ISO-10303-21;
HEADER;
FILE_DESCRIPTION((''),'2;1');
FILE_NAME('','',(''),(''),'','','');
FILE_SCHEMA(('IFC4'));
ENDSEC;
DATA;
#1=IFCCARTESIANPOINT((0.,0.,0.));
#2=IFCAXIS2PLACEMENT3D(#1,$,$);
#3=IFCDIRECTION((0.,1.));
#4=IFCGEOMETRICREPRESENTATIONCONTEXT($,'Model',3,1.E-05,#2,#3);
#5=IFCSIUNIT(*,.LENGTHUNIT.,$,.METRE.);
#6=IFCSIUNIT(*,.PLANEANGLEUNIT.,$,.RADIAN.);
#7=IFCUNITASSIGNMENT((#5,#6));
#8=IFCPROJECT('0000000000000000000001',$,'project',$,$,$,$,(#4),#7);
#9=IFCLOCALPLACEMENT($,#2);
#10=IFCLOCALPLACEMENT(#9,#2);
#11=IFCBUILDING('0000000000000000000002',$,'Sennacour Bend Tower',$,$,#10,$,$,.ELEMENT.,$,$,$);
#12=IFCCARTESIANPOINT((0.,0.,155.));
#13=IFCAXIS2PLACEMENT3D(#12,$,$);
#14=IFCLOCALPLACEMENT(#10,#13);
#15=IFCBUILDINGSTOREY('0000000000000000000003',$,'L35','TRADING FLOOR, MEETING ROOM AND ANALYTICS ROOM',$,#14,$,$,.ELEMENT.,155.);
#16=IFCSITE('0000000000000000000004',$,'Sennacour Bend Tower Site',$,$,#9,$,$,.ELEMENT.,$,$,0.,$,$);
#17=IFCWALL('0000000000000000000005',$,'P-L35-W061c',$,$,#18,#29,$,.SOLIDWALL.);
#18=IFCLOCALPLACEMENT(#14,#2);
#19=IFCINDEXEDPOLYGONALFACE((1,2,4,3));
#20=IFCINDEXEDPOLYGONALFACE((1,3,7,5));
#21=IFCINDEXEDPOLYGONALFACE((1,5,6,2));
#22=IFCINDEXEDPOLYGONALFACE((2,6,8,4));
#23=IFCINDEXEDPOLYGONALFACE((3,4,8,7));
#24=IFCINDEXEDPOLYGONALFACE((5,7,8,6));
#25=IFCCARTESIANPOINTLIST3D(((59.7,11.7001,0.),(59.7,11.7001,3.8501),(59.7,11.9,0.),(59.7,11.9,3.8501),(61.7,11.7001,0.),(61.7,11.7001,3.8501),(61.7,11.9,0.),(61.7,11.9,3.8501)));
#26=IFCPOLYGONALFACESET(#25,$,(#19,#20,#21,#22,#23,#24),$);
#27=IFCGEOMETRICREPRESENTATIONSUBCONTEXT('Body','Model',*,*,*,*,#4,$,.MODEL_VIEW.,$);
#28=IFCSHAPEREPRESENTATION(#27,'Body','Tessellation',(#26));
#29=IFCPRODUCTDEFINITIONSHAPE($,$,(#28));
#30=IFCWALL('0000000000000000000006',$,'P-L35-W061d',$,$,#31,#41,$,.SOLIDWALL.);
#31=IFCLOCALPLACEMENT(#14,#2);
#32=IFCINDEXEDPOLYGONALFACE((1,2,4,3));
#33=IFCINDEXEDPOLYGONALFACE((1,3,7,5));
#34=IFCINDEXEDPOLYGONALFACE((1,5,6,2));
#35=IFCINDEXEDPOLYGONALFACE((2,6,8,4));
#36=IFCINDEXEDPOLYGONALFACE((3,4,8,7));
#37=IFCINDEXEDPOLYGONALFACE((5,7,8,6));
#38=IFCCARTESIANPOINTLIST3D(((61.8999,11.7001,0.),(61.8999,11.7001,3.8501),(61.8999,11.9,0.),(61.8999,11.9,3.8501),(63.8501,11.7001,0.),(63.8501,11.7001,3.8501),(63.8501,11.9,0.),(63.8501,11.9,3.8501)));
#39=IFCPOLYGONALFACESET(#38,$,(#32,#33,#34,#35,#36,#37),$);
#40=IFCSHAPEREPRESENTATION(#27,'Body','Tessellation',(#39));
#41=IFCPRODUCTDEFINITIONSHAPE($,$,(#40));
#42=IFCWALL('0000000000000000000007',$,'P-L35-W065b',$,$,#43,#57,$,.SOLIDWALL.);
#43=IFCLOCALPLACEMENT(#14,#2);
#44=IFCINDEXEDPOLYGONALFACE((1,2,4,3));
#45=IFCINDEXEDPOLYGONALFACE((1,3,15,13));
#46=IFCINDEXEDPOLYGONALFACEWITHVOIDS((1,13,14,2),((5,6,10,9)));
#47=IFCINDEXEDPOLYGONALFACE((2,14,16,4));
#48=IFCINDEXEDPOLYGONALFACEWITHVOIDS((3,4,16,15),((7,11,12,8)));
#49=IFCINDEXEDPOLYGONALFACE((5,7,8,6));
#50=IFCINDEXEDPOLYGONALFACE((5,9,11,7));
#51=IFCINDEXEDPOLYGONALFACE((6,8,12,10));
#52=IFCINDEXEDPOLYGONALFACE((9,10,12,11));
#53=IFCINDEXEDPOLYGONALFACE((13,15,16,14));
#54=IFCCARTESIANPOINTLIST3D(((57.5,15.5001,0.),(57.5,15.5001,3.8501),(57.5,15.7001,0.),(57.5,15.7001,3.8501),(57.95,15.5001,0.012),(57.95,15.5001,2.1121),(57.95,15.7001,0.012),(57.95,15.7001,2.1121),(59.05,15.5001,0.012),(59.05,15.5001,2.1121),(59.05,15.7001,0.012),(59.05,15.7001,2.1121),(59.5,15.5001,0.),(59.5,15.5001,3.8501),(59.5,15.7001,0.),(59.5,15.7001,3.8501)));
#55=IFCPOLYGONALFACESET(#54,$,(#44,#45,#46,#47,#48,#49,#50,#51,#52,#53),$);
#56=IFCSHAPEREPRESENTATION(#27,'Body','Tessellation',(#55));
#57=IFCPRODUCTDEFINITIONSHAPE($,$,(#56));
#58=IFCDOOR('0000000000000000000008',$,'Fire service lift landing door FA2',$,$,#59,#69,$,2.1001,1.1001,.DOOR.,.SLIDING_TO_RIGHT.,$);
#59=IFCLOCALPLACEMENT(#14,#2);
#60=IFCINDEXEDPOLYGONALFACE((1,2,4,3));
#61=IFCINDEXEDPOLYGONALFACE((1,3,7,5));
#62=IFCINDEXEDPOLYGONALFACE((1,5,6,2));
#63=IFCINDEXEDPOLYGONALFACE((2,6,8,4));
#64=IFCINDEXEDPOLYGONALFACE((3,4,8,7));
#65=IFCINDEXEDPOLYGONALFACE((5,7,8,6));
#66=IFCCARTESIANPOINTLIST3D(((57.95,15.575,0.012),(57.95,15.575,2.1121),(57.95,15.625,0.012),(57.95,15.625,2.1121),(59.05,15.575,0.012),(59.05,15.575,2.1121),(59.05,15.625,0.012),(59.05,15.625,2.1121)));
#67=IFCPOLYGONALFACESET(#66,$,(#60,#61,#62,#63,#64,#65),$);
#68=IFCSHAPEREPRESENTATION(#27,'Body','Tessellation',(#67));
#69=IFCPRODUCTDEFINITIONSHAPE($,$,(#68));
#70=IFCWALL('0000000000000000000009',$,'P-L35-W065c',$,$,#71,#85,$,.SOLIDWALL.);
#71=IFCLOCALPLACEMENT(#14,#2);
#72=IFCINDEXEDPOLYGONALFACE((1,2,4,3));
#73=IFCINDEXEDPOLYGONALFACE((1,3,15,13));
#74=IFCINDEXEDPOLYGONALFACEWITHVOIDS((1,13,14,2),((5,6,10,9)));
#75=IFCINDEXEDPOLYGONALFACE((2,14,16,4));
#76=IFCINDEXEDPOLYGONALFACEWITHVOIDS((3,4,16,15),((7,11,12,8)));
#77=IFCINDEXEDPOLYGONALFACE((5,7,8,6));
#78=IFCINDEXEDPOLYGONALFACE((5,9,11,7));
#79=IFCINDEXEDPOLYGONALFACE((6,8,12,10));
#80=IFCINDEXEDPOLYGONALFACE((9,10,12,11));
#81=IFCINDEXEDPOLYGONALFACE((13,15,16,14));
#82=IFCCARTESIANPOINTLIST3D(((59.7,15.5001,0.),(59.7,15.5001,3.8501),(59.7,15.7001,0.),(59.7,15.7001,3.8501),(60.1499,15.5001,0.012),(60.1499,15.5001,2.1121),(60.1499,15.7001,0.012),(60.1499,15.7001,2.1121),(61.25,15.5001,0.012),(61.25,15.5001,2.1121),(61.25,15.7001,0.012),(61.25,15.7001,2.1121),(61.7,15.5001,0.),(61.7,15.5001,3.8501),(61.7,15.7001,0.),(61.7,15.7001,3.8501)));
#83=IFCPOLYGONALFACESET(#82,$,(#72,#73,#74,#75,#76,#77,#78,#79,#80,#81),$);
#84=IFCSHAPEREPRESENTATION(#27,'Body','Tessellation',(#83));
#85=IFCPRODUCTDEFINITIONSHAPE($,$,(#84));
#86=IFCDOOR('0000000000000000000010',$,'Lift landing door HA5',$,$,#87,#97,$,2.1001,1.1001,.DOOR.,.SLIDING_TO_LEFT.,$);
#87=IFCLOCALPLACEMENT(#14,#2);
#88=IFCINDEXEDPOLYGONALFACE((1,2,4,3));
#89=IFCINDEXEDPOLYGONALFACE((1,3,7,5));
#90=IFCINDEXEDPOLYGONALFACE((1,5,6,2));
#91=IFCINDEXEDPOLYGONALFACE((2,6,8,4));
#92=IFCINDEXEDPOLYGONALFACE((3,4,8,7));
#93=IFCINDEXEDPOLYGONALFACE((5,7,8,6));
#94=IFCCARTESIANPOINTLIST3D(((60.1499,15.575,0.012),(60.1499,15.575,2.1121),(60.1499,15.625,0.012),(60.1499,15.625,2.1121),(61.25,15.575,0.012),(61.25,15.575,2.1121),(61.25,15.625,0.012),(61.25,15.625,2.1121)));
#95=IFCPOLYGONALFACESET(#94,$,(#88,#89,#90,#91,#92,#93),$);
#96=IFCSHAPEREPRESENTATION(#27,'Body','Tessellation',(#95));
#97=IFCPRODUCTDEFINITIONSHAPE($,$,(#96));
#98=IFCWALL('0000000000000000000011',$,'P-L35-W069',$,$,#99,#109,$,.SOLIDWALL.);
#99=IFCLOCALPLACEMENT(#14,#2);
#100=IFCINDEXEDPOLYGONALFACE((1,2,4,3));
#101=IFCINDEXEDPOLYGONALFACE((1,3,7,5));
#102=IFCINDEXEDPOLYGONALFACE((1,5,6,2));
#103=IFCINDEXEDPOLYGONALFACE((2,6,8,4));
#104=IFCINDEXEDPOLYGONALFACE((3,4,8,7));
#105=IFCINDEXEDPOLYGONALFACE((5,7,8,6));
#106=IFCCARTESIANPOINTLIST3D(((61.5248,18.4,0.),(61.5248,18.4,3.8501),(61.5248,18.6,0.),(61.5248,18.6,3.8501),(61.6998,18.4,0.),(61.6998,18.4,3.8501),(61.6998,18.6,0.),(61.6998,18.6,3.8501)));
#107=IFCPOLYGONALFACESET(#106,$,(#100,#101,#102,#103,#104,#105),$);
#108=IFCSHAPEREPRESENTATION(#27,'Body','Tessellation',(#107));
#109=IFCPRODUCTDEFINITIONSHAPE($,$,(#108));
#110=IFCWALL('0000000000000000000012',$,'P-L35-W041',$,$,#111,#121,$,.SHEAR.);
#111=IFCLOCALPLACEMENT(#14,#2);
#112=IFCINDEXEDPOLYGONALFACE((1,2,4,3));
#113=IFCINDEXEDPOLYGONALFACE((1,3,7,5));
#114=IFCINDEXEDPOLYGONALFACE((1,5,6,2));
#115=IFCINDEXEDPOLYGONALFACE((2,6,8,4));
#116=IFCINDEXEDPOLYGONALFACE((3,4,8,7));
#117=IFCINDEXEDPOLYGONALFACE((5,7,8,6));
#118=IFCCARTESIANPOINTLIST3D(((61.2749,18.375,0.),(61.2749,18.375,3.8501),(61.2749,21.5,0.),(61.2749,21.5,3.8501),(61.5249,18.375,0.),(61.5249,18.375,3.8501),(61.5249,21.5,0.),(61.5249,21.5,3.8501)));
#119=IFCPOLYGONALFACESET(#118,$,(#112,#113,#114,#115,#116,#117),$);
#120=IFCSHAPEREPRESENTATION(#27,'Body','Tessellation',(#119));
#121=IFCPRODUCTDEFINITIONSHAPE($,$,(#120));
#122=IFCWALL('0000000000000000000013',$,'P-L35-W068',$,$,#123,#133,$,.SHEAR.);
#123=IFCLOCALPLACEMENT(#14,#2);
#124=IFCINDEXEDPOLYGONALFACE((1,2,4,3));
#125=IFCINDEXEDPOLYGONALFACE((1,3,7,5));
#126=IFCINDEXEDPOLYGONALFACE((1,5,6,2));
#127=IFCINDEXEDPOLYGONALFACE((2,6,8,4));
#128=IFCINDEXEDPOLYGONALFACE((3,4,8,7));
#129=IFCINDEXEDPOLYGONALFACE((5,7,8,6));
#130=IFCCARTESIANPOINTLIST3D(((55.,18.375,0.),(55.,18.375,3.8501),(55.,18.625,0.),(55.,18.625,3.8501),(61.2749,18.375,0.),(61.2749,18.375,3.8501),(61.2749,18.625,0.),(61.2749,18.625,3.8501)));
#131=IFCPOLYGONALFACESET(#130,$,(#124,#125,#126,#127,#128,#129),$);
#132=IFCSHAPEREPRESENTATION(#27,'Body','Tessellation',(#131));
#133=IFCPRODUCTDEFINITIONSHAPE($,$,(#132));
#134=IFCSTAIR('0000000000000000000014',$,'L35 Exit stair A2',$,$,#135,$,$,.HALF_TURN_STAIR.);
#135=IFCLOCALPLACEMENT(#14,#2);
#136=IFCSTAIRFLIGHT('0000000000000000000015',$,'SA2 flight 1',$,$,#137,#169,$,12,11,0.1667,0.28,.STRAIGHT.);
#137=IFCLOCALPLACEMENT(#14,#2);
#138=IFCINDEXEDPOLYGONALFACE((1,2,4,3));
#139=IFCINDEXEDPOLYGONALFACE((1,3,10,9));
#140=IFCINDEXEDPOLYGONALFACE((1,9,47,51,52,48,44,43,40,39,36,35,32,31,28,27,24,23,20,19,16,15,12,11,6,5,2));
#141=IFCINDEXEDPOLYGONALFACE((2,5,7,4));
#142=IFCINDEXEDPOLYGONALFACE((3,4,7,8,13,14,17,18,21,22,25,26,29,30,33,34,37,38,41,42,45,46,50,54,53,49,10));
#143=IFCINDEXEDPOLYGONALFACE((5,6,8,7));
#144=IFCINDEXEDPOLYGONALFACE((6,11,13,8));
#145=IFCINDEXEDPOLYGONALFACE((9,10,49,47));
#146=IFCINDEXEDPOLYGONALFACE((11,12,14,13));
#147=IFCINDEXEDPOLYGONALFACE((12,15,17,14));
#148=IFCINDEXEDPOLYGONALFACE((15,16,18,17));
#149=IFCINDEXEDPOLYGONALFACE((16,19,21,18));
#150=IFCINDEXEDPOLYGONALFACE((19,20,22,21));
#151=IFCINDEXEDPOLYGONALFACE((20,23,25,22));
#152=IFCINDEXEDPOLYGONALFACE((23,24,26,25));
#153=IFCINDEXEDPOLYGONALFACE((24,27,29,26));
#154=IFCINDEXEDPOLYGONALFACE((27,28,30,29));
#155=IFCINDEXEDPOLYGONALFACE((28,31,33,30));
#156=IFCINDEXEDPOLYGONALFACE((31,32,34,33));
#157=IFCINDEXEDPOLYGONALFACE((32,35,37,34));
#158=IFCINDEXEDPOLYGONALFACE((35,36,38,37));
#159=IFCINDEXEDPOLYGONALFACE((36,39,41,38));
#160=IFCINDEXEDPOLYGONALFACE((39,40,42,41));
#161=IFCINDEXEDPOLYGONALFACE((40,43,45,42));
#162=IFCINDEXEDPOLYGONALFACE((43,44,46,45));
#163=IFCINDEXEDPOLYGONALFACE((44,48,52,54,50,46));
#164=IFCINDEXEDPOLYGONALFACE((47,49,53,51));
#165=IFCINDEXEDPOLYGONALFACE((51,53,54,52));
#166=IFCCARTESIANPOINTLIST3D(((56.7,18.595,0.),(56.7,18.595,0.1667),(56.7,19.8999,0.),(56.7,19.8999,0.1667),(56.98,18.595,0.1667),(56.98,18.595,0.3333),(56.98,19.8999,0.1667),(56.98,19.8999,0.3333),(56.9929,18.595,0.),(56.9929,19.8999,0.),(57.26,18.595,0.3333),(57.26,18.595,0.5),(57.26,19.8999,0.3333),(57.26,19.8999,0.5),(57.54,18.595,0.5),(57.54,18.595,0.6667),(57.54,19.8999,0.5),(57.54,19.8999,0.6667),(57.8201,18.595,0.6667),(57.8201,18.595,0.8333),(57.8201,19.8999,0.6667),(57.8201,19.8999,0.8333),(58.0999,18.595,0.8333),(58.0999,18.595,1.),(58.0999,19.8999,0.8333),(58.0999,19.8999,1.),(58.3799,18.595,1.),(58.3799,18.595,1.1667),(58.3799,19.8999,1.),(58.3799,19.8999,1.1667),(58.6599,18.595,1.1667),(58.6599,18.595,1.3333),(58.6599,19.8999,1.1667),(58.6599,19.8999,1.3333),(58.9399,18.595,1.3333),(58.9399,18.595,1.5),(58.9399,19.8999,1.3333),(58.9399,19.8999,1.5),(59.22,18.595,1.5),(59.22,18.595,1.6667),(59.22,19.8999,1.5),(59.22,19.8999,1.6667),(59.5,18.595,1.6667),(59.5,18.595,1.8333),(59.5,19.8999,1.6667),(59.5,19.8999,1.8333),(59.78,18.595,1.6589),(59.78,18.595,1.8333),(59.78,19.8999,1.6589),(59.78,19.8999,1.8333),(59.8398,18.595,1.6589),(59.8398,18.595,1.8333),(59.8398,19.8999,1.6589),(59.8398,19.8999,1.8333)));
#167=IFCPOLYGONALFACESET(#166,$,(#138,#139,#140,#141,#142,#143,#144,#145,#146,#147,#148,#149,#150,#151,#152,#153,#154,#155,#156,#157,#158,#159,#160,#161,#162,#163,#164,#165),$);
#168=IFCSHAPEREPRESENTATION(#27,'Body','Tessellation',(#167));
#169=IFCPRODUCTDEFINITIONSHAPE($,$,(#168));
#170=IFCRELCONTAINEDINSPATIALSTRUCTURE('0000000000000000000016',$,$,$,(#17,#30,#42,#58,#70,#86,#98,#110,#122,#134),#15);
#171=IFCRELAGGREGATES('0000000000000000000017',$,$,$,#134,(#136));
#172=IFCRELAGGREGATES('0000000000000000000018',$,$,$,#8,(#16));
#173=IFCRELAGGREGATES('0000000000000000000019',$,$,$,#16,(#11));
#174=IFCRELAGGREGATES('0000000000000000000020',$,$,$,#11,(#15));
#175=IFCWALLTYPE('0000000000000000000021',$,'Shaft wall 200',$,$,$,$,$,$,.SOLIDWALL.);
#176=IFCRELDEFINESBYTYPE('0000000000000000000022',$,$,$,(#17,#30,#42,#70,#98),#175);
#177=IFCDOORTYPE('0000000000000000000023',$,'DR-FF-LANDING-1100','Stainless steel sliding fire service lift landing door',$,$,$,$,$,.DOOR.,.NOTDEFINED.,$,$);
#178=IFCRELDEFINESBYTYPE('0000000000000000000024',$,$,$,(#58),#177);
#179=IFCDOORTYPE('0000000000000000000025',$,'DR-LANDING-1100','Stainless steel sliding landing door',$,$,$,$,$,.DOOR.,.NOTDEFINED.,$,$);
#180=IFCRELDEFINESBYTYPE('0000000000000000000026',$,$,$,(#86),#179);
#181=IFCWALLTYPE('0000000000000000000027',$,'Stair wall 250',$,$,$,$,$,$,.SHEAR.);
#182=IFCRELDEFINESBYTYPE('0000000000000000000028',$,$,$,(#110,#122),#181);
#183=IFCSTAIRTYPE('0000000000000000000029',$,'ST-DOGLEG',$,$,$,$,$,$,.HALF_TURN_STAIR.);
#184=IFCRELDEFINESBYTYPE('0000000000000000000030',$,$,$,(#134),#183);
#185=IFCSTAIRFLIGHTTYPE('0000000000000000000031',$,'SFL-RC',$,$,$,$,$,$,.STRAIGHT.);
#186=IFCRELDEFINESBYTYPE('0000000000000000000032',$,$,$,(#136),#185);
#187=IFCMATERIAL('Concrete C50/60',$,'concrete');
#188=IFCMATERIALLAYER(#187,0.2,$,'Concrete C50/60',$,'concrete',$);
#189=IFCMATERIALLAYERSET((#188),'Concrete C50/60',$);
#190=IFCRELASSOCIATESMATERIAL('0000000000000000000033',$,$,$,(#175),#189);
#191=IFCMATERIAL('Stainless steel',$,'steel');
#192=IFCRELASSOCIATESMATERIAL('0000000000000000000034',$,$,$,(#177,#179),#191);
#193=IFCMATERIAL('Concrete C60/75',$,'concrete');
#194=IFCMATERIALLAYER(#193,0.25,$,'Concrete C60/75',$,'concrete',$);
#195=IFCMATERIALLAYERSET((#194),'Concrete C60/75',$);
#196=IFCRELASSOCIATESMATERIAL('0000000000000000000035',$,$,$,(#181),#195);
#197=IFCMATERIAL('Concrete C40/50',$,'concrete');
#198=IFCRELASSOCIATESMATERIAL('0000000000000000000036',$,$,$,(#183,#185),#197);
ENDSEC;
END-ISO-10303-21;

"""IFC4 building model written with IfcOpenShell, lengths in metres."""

from ifc_helpers import new_model, si_unit, direction, frame, frame_2d, origin, place, context, subcontext, project, spatial, polyline, rectangle, outline, extrude, material, layer, layer_set, type_object, element, fill, aggregate, save


model = new_model("IFC4")

# Units and contexts
model_context = context("Model", 3, precision=1e-05, world=origin(), true_north=direction((0.0, 1.0)))
body_context = subcontext(model_context, "Body", "Model", "MODEL_VIEW")
ifc_project = project(units=[si_unit("LENGTHUNIT", "METRE"), si_unit("PLANEANGLEUNIT", "RADIAN")], contexts=[model_context])

# Site, building, storey
site_placement = place(None, origin())
site = spatial("IfcSite", under=ifc_project, at=site_placement, Name="Sennacour Bend Tower Site", CompositionType="ELEMENT", RefElevation=0.0)
building_placement = place(site_placement, origin())
building = spatial("IfcBuilding", under=site, at=building_placement, Name="Sennacour Bend Tower", CompositionType="ELEMENT")
storey_placement = place(building_placement, frame((0.0, 0.0, 155.0)))
storey = spatial("IfcBuildingStorey", under=building, at=storey_placement, Name="L35", Description="TRADING FLOOR, MEETING ROOM AND ANALYTICS ROOM", CompositionType="ELEMENT", Elevation=155.0)

# Walls
ifc_material_1 = material(Name="Concrete C50/60", Category="concrete")
ifc_layer_1 = layer(ifc_material_1, 0.2, Name="Concrete C50/60", Category="concrete")
ifc_layer_set_1 = layer_set([ifc_layer_1], Name="Concrete C50/60")
wall_type_1 = type_object("IfcWallType", Name="Shaft wall 200", PredefinedType="SOLIDWALL", material=ifc_layer_set_1)
for number, where, z_axis, x_axis, name in (
    (1, (59.7, 11.8, 0.0), (0.0, 0.0, 1.0), (1.0, 0.0, 0.0), "P-L35-W061c"),
):
    element("IfcWall", number, at=place(storey_placement, frame(where, z_axis=z_axis, x_axis=x_axis)), inside=storey, type_object=wall_type_1, Name=name, PredefinedType="SOLIDWALL", context=body_context, shape_type="SweptSolid", body=[
        extrude(rectangle(XDim=2.0, YDim=0.2, at=frame_2d((1.0, 0.0))), origin(), (0.0, 0.0, 1.0), 3.8501),
    ])
wall_1_placement = place(storey_placement, frame((61.8999, 11.8, 0.0), z_axis=(0.0, 0.0, 1.0), x_axis=(1.0, 0.0, 0.0)))
element("IfcWall", 2, at=wall_1_placement, inside=storey, type_object=wall_type_1, Name="P-L35-W061d", PredefinedType="SOLIDWALL", context=body_context, shape_type="SweptSolid", body=[
    extrude(rectangle(XDim=1.9502, YDim=0.2, at=frame_2d((0.9751, 0.0))), origin(), (0.0, 0.0, 1.0), 3.8501),
])

# Walls, openings, doors
wall_2_placement = place(storey_placement, frame((57.5, 15.6001, 0.0), z_axis=(0.0, 0.0, 1.0), x_axis=(1.0, 0.0, 0.0)))
wall_2 = element("IfcWall", 3, at=wall_2_placement, inside=storey, type_object=wall_type_1, Name="P-L35-W065b", PredefinedType="SOLIDWALL", context=body_context, shape_type="SweptSolid", body=[
    extrude(rectangle(XDim=2.0, YDim=0.2, at=frame_2d((1.0, 0.0))), origin(), (0.0, 0.0, 1.0), 3.8501),
])
opening_1_placement = place(wall_2_placement, frame((0.45, 0.0, 0.012)))
opening_1 = element("IfcOpeningElement", 4, at=opening_1_placement, cuts=wall_2, PredefinedType="OPENING", context=body_context, shape_type="SweptSolid", body=[
    extrude(rectangle(XDim=1.1001, YDim=2.1001, at=frame_2d((0.55, 1.05))), frame((0.0, 0.1099, 0.0), z_axis=(0.0, -1.0, 0.0), x_axis=(1.0, 0.0, 0.0)), (0.0, 0.0, 1.0), 0.22),
])
ifc_material_2 = material(Name="Stainless steel", Category="steel")
door_type_1 = type_object("IfcDoorType", Name="DR-FF-LANDING-1100", Description="Stainless steel sliding fire service lift landing door", OperationType="NOTDEFINED", PredefinedType="DOOR", material=ifc_material_2)
door_1_placement = place(opening_1_placement, origin())
door_1 = element("IfcDoor", 5, at=door_1_placement, inside=storey, type_object=door_type_1, Name="Fire service lift landing door FA2", OperationType="SLIDING_TO_RIGHT", OverallHeight=2.1001, OverallWidth=1.1001, PredefinedType="DOOR", context=body_context, shape_type="SweptSolid", body=[
    extrude(rectangle(XDim=1.1001, YDim=2.1001, at=frame_2d((0.55, 1.05))), frame((0.0, 0.0249, 0.0), z_axis=(0.0, -1.0, 0.0), x_axis=(1.0, 0.0, 0.0)), (0.0, 0.0, 1.0), 0.05),
])
fill(opening_1, door_1)
wall_3_placement = place(storey_placement, frame((59.7, 15.6001, 0.0), z_axis=(0.0, 0.0, 1.0), x_axis=(1.0, 0.0, 0.0)))
wall_3 = element("IfcWall", 6, at=wall_3_placement, inside=storey, type_object=wall_type_1, Name="P-L35-W065c", PredefinedType="SOLIDWALL", context=body_context, shape_type="SweptSolid", body=[
    extrude(rectangle(XDim=2.0, YDim=0.2, at=frame_2d((1.0, 0.0))), origin(), (0.0, 0.0, 1.0), 3.8501),
])
opening_2_placement = place(wall_3_placement, frame((0.45, 0.0, 0.012)))
opening_2 = element("IfcOpeningElement", 7, at=opening_2_placement, cuts=wall_3, PredefinedType="OPENING", context=body_context, shape_type="SweptSolid", body=[
    extrude(rectangle(XDim=1.1001, YDim=2.1001, at=frame_2d((0.55, 1.05))), frame((0.0, 0.1099, 0.0), z_axis=(0.0, -1.0, 0.0), x_axis=(1.0, 0.0, 0.0)), (0.0, 0.0, 1.0), 0.22),
])
door_type_2 = type_object("IfcDoorType", Name="DR-LANDING-1100", Description="Stainless steel sliding landing door", OperationType="NOTDEFINED", PredefinedType="DOOR", material=ifc_material_2)
door_2_placement = place(opening_2_placement, origin())
door_2 = element("IfcDoor", 8, at=door_2_placement, inside=storey, type_object=door_type_2, Name="Lift landing door HA5", OperationType="SLIDING_TO_LEFT", OverallHeight=2.1001, OverallWidth=1.1001, PredefinedType="DOOR", context=body_context, shape_type="SweptSolid", body=[
    extrude(rectangle(XDim=1.1001, YDim=2.1001, at=frame_2d((0.55, 1.05))), frame((0.0, 0.0249, 0.0), z_axis=(0.0, -1.0, 0.0), x_axis=(1.0, 0.0, 0.0)), (0.0, 0.0, 1.0), 0.05),
])
fill(opening_2, door_2)

# Walls
wall_4_placement = place(storey_placement, frame((61.5249, 18.5, 0.0), z_axis=(0.0, 0.0, 1.0), x_axis=(1.0, 0.0, 0.0)))
element("IfcWall", 9, at=wall_4_placement, inside=storey, type_object=wall_type_1, Name="P-L35-W069", PredefinedType="SOLIDWALL", context=body_context, shape_type="SweptSolid", body=[
    extrude(rectangle(XDim=0.175, YDim=0.2, at=frame_2d((0.0874, 0.0))), origin(), (0.0, 0.0, 1.0), 3.8501),
])
ifc_material_3 = material(Name="Concrete C60/75", Category="concrete")
ifc_layer_2 = layer(ifc_material_3, 0.25, Name="Concrete C60/75", Category="concrete")
ifc_layer_set_2 = layer_set([ifc_layer_2], Name="Concrete C60/75")
wall_type_2 = type_object("IfcWallType", Name="Stair wall 250", PredefinedType="SHEAR", material=ifc_layer_set_2)
wall_5_placement = place(storey_placement, frame((61.3999, 18.375, 0.0), z_axis=(0.0, 0.0, 1.0), x_axis=(0.0, 1.0, 0.0)))
element("IfcWall", 10, at=wall_5_placement, inside=storey, type_object=wall_type_2, Name="P-L35-W041", PredefinedType="SHEAR", context=body_context, shape_type="SweptSolid", body=[
    extrude(rectangle(XDim=3.125, YDim=0.25, at=frame_2d((1.5625, 0.0))), origin(), (0.0, 0.0, 1.0), 3.8501),
])
wall_6_placement = place(storey_placement, frame((55.0, 18.5, 0.0), z_axis=(0.0, 0.0, 1.0), x_axis=(1.0, 0.0, 0.0)))
element("IfcWall", 11, at=wall_6_placement, inside=storey, type_object=wall_type_2, Name="P-L35-W068", PredefinedType="SHEAR", context=body_context, shape_type="SweptSolid", body=[
    extrude(rectangle(XDim=6.2749, YDim=0.25, at=frame_2d((3.1375, 0.0))), origin(), (0.0, 0.0, 1.0), 3.8501),
])

# Stair, stair flight
ifc_material_4 = material(Name="Concrete C40/50", Category="concrete")
stair_type = type_object("IfcStairType", Name="ST-DOGLEG", PredefinedType="HALF_TURN_STAIR", material=ifc_material_4)
stair_placement = place(storey_placement, origin())
stair = element("IfcStair", 12, at=stair_placement, inside=storey, type_object=stair_type, Name="L35 Exit stair A2", PredefinedType="HALF_TURN_STAIR")
stair_flight_type = type_object("IfcStairFlightType", Name="SFL-RC", PredefinedType="STRAIGHT", material=ifc_material_4)
stair_flight_1_placement = place(storey_placement, frame((56.7, 19.2476, 0.0), z_axis=(0.0, 0.0, 1.0), x_axis=(1.0, 0.0, 0.0)))
stair_flight_1 = element("IfcStairFlight", 13, at=stair_flight_1_placement, type_object=stair_flight_type, Name="SA2 flight 1", NumberOfRisers=12, NumberOfTreads=11, PredefinedType="STRAIGHT", RiserHeight=0.1667, TreadLength=0.28, context=body_context, shape_type="SweptSolid", body=[
    extrude(outline(polyline([(0.0, 0.0), (0.0, 0.1667), (0.28, 0.1667), (0.28, 0.3333), (0.5601, 0.3333), (0.5601, 0.5), (0.8401, 0.5), (0.8401, 0.6667), (1.1201, 0.6667), (1.1201, 0.8333), (1.3999, 0.8333), (1.3999, 1.0), (1.6799, 1.0), (1.6799, 1.1667), (1.96, 1.1667), (1.96, 1.3333), (2.24, 1.3333), (2.24, 1.5), (2.52, 1.5), (2.52, 1.6667), (2.8, 1.6667), (2.8, 1.8333), (3.0801, 1.8333), (3.1399, 1.8333), (3.1399, 1.6589), (3.0801, 1.6589), (0.293, 0.0), (0.0, 0.0)])), frame((0.0, 0.6523, 0.0), z_axis=(0.0, -1.0, 0.0), x_axis=(1.0, 0.0, 0.0)), (0.0, 0.0, 1.0), 1.3049),
])
aggregate(stair, [stair_flight_1])

save(model, "model.ifc")
